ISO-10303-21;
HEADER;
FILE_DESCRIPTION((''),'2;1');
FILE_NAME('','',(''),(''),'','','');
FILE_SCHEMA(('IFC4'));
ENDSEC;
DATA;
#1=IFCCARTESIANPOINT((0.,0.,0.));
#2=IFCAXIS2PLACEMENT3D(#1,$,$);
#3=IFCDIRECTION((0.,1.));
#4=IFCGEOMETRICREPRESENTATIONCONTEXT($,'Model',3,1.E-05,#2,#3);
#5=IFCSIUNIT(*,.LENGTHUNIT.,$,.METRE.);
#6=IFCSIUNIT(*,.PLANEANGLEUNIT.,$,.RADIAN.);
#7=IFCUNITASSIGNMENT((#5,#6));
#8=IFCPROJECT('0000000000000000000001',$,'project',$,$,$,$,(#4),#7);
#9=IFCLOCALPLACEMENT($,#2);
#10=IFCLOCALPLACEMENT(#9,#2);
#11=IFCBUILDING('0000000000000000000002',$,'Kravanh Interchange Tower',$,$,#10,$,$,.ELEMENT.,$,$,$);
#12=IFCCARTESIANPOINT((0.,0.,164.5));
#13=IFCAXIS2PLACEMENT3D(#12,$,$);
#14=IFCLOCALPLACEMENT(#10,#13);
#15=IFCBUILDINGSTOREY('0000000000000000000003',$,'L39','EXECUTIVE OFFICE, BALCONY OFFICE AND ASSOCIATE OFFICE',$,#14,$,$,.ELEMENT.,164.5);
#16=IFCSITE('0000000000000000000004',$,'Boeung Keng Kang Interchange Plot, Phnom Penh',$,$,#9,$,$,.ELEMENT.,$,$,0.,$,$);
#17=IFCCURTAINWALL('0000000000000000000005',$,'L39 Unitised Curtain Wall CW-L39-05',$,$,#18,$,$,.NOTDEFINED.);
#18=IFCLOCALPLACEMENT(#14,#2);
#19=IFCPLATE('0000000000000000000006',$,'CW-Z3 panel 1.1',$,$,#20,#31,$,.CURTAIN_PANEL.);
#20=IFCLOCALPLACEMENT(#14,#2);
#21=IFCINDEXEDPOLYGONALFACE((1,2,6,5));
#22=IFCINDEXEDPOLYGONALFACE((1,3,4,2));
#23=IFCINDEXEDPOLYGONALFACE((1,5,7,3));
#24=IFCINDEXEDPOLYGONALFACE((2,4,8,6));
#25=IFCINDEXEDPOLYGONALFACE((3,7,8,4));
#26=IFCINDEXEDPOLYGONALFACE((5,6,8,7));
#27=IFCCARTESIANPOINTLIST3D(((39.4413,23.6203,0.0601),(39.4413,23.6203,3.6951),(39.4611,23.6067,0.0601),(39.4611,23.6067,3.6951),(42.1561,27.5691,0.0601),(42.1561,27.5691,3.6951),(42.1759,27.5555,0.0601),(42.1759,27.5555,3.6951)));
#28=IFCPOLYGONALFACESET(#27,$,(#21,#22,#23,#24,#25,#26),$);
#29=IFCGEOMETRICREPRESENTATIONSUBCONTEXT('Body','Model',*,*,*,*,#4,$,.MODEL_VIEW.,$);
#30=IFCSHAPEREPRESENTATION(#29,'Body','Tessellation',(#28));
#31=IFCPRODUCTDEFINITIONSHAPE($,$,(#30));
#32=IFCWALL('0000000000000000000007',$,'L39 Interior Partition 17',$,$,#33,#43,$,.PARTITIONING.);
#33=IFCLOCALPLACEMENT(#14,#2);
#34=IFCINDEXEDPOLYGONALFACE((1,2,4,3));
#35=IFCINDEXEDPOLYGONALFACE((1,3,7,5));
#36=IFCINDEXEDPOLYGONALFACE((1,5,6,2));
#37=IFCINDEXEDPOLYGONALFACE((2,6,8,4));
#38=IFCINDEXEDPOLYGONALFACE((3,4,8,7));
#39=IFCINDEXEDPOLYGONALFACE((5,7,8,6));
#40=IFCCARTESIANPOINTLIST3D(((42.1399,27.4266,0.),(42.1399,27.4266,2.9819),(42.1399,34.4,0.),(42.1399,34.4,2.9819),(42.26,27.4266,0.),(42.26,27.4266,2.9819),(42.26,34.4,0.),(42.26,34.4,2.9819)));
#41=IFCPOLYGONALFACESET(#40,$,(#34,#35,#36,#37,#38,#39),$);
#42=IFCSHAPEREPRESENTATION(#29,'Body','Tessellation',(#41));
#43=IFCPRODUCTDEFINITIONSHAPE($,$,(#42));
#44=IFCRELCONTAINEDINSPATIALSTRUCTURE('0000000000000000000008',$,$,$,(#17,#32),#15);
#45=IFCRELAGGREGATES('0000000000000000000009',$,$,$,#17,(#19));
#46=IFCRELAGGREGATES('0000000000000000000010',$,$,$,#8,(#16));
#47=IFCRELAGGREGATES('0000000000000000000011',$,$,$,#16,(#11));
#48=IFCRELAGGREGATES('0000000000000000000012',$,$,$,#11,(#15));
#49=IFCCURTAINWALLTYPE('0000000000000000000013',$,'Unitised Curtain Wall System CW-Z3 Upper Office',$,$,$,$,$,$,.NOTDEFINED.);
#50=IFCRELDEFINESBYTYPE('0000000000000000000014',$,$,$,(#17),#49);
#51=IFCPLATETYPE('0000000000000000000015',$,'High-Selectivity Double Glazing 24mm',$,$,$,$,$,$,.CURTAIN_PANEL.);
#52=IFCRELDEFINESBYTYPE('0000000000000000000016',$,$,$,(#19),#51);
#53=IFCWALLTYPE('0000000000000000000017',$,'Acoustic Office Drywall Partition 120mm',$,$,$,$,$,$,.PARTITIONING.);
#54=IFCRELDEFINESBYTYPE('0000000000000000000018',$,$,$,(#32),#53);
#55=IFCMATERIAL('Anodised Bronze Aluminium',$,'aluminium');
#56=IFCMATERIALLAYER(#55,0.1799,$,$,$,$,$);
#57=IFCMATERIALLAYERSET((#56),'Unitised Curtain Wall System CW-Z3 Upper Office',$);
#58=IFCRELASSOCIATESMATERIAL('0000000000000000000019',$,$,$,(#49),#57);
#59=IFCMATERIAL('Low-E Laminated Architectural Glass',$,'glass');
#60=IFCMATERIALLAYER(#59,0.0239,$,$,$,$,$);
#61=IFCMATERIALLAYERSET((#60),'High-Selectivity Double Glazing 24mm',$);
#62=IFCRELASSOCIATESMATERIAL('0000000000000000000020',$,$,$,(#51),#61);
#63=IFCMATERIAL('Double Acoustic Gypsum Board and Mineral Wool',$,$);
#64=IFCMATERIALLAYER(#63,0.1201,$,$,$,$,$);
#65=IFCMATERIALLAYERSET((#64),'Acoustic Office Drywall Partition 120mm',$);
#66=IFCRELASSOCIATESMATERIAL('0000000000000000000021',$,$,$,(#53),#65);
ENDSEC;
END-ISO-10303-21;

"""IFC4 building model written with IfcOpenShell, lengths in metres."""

from ifc_helpers import new_model, si_unit, direction, frame, frame_2d, origin, origin_2d, place, context, subcontext, project, spatial, rectangle, extrude, material, layer, layer_set, type_object, element, aggregate, save


model = new_model("IFC4")

# Units and contexts
model_context = context("Model", 3, precision=1e-05, world=origin(), true_north=direction((0.0, 1.0)))
body_context = subcontext(model_context, "Body", "Model", "MODEL_VIEW")
ifc_project = project(units=[si_unit("LENGTHUNIT", "METRE"), si_unit("PLANEANGLEUNIT", "RADIAN")], contexts=[model_context])

# Site, building, storey
site_placement = place(None, origin())
site = spatial("IfcSite", under=ifc_project, at=site_placement, Name="Boeung Keng Kang Interchange Plot, Phnom Penh", CompositionType="ELEMENT", RefElevation=0.0)
building_placement = place(site_placement, origin())
building = spatial("IfcBuilding", under=site, at=building_placement, Name="Kravanh Interchange Tower", CompositionType="ELEMENT")
storey_placement = place(building_placement, frame((0.0, 0.0, 164.5)))
storey = spatial("IfcBuildingStorey", under=building, at=storey_placement, Name="L39", Description="EXECUTIVE OFFICE, BALCONY OFFICE AND ASSOCIATE OFFICE", CompositionType="ELEMENT", Elevation=164.5)

# Shared definitions
ifc_material_1 = material(Name="Anodised Bronze Aluminium", Category="aluminium")
ifc_layer_1 = layer(ifc_material_1, 0.1799)
ifc_layer_set_1 = layer_set([ifc_layer_1], Name="Unitised Curtain Wall System CW-Z3 Upper Office")
curtain_wall_type = type_object("IfcCurtainWallType", Name="Unitised Curtain Wall System CW-Z3 Upper Office", PredefinedType="NOTDEFINED", material=ifc_layer_set_1)

# Curtain wall
curtain_wall_1_placement = place(storey_placement, origin())
curtain_wall_1 = element("IfcCurtainWall", 1, at=curtain_wall_1_placement, inside=storey, type_object=curtain_wall_type, Name="L39 Unitised Curtain Wall CW-L39-05", PredefinedType="NOTDEFINED")

# Plate
ifc_material_2 = material(Name="Low-E Laminated Architectural Glass", Category="glass")
ifc_layer_2 = layer(ifc_material_2, 0.0239)
ifc_layer_set_2 = layer_set([ifc_layer_2], Name="High-Selectivity Double Glazing 24mm")
plate_type = type_object("IfcPlateType", Name="High-Selectivity Double Glazing 24mm", PredefinedType="CURTAIN_PANEL", material=ifc_layer_set_2)
plate_1_placement = place(storey_placement, frame((40.8086, 25.5879, 0.0601), z_axis=(0.0, 0.0, 1.0), x_axis=(-0.566528, -0.824042, 0.0)))
plate_1 = element("IfcPlate", 2, at=plate_1_placement, type_object=plate_type, Name="CW-Z3 panel 1.1", PredefinedType="CURTAIN_PANEL", context=body_context, shape_type="SweptSolid", body=[
    extrude(rectangle(XDim=4.792, YDim=0.0239, at=origin_2d()), origin(), (0.0, 0.0, 1.0), 3.635),
])
aggregate(curtain_wall_1, [plate_1])

# Wall
ifc_material_3 = material(Name="Double Acoustic Gypsum Board and Mineral Wool")
ifc_layer_3 = layer(ifc_material_3, 0.1201)
ifc_layer_set_3 = layer_set([ifc_layer_3], Name="Acoustic Office Drywall Partition 120mm")
wall_type = type_object("IfcWallType", Name="Acoustic Office Drywall Partition 120mm", PredefinedType="PARTITIONING", material=ifc_layer_set_3)
wall_placement = place(storey_placement, frame((42.2, 27.4265, 0.0), z_axis=(0.0, 0.0, 1.0), x_axis=(0.0, 1.0, 0.0)))
element("IfcWall", 3, at=wall_placement, inside=storey, type_object=wall_type, Name="L39 Interior Partition 17", PredefinedType="PARTITIONING", context=body_context, shape_type="SweptSolid", body=[
    extrude(rectangle(XDim=6.9734, YDim=0.1201, at=frame_2d((3.4868, 0.0))), origin(), (0.0, 0.0, 1.0), 2.9819),
])

save(model, "model.ifc")
